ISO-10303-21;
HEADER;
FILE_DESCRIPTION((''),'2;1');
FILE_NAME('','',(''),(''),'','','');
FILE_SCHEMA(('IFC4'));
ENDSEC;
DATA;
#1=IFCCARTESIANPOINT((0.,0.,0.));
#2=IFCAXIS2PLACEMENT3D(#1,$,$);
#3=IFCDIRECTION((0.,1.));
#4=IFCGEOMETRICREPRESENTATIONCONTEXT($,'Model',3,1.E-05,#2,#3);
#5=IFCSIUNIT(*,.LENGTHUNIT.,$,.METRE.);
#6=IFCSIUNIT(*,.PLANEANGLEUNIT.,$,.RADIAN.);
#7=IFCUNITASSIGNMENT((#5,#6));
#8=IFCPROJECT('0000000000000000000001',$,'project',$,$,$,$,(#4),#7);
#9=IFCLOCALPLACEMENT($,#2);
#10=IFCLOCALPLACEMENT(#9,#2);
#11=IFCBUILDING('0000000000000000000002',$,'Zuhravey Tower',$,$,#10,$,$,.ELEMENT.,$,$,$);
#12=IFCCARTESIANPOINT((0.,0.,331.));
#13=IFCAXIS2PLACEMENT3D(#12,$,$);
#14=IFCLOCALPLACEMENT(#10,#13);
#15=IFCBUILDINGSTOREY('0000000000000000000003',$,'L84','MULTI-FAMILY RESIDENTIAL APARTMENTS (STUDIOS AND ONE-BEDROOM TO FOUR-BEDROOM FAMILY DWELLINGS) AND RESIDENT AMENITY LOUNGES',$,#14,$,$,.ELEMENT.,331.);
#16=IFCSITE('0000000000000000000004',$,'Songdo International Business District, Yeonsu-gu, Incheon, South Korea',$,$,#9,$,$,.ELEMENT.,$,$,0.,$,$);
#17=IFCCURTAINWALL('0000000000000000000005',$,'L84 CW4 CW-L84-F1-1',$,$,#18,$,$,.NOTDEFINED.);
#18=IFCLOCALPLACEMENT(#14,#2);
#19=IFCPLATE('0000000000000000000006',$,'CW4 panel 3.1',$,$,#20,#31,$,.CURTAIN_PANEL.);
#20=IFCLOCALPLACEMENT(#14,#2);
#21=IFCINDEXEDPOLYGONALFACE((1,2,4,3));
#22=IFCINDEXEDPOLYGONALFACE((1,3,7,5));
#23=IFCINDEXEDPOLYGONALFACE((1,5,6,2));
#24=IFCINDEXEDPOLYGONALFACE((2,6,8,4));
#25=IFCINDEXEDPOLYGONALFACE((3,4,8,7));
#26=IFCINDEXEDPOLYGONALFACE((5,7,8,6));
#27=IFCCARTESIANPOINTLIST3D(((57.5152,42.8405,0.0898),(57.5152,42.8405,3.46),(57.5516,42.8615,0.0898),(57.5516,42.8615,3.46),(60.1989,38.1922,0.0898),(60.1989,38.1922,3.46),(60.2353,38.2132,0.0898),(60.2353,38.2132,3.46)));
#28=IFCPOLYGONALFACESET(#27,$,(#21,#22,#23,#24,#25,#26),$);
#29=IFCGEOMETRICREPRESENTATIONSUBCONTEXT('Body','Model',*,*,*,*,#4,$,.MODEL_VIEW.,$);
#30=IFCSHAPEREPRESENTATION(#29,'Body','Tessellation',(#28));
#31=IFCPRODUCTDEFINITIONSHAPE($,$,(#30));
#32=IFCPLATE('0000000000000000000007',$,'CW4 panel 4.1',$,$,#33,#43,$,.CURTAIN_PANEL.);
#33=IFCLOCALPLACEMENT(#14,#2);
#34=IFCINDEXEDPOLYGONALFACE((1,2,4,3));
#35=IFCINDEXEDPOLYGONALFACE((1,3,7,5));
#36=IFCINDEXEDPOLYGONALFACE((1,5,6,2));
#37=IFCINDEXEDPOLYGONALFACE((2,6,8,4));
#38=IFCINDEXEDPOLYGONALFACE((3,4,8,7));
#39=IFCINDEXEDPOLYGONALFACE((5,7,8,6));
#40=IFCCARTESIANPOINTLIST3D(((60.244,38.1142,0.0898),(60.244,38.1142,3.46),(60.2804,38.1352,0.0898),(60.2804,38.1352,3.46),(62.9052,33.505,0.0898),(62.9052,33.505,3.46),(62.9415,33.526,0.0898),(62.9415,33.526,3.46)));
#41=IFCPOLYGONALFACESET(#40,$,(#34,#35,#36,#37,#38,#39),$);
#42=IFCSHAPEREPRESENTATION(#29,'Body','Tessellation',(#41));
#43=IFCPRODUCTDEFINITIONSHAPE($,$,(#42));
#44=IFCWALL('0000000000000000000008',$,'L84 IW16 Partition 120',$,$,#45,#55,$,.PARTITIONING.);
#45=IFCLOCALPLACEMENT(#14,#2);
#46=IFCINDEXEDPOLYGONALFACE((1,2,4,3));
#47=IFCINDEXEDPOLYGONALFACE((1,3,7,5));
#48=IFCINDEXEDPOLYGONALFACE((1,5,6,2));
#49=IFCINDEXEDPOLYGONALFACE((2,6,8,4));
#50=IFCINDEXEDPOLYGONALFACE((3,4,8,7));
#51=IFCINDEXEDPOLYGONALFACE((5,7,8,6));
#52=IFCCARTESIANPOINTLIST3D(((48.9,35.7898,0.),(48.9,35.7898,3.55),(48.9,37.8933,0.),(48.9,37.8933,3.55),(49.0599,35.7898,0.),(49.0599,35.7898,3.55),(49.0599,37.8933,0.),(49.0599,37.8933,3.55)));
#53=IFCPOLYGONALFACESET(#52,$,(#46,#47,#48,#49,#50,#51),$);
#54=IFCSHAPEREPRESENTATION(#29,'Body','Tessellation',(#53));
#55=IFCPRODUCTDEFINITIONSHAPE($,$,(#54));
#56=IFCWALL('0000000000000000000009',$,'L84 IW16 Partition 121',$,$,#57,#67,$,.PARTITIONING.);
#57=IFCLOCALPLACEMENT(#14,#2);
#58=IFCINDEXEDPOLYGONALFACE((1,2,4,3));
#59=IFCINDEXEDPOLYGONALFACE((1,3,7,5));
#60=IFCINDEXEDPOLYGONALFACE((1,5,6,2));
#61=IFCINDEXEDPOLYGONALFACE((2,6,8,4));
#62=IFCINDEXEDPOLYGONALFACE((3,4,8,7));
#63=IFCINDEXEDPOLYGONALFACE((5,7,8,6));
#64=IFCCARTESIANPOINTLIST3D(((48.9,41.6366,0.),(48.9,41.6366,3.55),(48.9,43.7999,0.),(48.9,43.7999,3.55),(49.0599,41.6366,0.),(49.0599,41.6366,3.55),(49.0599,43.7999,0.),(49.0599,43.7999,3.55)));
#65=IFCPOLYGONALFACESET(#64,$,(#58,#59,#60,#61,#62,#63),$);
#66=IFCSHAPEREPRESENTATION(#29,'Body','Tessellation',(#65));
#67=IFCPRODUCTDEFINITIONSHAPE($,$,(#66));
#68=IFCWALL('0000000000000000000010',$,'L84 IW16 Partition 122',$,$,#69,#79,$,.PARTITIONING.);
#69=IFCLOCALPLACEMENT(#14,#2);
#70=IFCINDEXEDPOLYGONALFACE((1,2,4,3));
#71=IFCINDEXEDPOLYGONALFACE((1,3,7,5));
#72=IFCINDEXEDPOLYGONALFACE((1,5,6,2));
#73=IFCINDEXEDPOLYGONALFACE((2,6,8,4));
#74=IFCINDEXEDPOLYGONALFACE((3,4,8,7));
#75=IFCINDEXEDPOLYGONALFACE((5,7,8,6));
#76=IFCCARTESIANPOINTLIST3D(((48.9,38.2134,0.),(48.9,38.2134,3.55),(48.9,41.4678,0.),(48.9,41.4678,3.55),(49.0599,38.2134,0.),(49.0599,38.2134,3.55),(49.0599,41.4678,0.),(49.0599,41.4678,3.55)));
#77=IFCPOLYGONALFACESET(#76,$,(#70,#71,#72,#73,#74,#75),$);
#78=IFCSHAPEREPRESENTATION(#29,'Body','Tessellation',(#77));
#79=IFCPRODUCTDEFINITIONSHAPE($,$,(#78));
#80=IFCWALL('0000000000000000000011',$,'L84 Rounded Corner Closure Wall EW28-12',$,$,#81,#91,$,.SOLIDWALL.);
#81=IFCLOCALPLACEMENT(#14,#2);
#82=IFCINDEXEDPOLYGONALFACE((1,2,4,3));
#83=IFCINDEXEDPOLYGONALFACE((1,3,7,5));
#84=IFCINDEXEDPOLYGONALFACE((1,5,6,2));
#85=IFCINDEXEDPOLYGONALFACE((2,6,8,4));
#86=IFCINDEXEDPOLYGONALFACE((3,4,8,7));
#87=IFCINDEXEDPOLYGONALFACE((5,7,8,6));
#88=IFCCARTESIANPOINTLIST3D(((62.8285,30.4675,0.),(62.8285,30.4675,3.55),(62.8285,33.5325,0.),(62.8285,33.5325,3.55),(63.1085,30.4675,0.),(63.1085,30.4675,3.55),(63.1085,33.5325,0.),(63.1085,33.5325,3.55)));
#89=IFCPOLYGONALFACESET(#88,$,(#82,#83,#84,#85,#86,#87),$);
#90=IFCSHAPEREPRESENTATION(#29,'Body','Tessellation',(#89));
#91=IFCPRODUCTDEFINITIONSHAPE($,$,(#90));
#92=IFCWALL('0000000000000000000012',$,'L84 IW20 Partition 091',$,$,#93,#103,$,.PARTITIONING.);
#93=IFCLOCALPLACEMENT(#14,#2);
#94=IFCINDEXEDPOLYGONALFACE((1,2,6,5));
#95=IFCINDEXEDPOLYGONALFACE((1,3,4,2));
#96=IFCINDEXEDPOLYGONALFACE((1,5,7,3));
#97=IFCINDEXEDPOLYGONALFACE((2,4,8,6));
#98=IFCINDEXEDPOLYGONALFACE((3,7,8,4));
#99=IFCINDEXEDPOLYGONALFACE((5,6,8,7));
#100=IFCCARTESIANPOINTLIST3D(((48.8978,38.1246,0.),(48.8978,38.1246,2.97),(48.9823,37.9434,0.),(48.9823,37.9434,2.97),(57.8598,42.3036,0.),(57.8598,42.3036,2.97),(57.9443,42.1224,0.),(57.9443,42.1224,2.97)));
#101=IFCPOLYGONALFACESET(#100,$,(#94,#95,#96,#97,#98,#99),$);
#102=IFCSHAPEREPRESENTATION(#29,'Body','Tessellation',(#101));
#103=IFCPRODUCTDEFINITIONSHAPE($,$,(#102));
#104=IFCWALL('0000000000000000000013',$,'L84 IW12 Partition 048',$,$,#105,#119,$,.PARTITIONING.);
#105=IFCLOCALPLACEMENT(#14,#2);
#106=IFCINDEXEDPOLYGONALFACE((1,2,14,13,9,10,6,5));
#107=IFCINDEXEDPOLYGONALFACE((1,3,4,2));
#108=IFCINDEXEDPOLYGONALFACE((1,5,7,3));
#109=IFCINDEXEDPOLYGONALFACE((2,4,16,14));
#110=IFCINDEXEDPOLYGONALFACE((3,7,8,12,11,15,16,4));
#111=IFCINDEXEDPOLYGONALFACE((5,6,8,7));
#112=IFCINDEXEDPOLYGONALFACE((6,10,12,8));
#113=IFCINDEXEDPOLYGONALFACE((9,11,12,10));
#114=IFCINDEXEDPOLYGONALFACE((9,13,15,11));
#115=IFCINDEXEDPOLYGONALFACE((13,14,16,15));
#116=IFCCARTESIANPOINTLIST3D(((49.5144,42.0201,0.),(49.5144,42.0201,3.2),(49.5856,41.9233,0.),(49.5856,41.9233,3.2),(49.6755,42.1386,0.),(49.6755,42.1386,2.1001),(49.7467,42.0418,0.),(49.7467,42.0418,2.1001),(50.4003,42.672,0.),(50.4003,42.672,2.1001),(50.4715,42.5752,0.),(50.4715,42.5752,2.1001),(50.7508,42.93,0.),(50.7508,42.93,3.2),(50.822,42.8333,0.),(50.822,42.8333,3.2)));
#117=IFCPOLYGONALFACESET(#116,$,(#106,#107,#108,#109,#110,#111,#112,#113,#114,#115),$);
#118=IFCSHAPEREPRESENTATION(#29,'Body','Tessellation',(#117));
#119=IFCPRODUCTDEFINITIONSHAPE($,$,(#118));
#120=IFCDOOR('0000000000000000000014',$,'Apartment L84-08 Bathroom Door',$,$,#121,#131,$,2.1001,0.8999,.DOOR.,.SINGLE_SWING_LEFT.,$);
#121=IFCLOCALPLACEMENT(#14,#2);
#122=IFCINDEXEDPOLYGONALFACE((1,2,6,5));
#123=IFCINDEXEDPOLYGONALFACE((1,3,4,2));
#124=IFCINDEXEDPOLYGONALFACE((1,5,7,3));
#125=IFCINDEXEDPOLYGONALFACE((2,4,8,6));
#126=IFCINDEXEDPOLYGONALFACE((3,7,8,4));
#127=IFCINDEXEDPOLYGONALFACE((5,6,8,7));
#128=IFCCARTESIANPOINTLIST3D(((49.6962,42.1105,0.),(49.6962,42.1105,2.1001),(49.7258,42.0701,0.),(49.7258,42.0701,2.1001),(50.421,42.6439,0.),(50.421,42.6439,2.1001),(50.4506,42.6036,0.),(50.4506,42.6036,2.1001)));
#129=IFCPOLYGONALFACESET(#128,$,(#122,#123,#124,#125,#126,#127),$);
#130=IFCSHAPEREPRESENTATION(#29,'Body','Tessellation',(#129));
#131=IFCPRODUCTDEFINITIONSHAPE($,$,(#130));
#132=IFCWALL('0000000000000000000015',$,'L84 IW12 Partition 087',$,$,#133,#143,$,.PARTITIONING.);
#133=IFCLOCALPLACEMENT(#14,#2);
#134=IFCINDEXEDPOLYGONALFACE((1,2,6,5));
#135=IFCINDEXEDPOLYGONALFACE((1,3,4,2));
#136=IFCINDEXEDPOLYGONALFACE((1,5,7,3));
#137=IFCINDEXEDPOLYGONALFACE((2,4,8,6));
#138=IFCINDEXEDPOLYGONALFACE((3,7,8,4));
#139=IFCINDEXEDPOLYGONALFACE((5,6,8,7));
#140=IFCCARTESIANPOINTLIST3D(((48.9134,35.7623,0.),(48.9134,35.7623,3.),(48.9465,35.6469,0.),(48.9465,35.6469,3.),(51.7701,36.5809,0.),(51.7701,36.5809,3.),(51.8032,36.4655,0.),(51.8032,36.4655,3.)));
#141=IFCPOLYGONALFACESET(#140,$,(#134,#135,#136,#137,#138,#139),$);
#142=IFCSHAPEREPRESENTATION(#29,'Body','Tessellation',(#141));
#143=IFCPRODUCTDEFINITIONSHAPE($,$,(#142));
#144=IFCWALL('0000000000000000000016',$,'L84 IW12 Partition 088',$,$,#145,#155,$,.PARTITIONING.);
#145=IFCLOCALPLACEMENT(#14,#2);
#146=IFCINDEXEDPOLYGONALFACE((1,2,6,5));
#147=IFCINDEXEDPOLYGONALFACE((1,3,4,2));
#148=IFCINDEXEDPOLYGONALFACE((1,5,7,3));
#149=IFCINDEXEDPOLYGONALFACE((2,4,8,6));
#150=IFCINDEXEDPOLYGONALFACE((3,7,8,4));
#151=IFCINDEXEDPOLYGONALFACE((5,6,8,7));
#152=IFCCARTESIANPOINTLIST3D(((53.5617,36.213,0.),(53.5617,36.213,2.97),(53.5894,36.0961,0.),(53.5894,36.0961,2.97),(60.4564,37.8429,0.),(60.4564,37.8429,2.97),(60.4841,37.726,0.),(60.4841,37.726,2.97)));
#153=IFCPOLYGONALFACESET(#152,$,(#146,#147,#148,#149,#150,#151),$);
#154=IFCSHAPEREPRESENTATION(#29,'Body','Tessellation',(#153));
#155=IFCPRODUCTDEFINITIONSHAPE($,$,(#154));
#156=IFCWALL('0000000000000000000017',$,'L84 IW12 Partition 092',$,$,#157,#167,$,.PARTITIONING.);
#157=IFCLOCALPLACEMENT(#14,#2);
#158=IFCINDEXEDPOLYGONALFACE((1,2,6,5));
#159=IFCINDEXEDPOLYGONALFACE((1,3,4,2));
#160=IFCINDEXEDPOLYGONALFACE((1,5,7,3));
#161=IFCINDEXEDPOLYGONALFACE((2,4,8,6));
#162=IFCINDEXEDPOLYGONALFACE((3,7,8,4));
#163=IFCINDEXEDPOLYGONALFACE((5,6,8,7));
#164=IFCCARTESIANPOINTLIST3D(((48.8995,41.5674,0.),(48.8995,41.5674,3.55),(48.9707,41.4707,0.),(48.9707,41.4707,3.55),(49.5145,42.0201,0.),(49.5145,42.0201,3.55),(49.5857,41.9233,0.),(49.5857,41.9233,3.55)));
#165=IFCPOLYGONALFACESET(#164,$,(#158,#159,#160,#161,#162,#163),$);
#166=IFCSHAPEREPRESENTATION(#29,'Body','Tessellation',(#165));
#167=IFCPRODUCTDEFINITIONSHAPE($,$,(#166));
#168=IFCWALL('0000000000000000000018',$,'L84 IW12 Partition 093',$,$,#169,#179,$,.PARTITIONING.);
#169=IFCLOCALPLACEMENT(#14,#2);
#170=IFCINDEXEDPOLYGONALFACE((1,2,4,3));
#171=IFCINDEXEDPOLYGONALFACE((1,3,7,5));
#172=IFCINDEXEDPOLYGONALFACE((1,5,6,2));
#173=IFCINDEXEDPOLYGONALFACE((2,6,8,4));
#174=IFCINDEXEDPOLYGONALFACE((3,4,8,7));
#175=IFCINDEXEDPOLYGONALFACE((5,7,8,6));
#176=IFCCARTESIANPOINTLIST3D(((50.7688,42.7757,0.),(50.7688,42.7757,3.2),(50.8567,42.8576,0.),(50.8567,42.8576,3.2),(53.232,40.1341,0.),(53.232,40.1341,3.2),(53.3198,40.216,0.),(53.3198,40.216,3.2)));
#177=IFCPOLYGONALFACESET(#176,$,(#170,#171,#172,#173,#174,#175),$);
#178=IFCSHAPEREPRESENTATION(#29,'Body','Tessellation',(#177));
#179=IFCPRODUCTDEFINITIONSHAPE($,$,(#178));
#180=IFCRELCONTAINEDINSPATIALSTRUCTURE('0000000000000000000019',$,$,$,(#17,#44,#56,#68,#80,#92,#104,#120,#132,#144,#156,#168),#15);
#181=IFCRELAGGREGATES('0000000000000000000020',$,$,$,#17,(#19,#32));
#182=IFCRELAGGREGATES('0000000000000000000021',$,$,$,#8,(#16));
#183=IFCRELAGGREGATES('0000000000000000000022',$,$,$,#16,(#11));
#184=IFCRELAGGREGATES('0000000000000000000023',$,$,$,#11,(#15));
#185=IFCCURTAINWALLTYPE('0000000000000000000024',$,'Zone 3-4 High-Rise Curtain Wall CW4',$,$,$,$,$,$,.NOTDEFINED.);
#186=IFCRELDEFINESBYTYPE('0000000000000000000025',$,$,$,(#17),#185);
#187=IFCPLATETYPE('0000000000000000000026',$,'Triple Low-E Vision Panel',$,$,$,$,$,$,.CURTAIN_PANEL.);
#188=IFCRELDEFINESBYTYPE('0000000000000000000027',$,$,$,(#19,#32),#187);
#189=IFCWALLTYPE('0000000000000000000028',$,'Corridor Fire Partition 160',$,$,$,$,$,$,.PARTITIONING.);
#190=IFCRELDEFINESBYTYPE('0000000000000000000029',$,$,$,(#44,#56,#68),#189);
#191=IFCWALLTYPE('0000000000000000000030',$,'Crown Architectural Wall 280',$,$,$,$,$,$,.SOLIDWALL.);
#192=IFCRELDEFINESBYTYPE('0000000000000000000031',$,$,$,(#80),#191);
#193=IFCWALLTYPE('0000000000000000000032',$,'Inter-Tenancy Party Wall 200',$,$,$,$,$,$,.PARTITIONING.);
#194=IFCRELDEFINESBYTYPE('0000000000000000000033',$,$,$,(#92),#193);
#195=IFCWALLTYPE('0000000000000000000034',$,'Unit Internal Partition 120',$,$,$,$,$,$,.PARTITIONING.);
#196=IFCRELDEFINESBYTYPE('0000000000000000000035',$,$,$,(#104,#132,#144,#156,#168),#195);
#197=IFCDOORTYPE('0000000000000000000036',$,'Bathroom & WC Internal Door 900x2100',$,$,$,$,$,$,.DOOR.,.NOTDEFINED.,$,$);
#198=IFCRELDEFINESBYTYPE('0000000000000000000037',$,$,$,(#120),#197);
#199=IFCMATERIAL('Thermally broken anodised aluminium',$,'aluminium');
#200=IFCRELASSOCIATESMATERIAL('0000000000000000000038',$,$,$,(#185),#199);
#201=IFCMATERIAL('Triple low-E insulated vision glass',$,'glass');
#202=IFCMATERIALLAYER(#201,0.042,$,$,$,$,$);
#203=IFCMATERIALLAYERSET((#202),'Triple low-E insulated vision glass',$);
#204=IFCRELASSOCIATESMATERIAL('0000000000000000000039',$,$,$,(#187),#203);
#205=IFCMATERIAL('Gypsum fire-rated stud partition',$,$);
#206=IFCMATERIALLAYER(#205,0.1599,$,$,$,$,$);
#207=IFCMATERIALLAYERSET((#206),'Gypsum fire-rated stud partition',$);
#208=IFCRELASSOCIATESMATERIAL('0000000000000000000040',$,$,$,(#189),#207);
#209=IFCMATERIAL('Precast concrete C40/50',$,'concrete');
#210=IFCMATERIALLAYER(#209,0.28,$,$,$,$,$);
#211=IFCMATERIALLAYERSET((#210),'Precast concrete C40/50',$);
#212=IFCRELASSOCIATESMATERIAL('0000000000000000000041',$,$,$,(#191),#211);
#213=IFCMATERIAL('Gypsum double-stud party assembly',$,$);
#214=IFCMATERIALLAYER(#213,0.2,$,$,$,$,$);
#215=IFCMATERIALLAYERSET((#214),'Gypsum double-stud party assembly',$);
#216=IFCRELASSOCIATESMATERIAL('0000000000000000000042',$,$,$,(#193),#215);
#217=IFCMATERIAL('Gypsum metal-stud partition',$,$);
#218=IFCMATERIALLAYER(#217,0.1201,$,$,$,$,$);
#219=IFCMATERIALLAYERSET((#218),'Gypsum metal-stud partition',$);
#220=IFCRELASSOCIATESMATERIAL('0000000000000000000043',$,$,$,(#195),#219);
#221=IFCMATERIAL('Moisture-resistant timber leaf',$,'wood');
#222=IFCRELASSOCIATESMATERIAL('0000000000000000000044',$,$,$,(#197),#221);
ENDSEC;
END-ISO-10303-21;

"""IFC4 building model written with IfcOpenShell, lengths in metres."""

from ifc_helpers import new_model, si_unit, direction, frame, frame_2d, origin, origin_2d, place, context, subcontext, project, spatial, rectangle, extrude, material, layer, layer_set, type_object, element, fill, aggregate, save


model = new_model("IFC4")

# Units and contexts
model_context = context("Model", 3, precision=1e-05, world=origin(), true_north=direction((0.0, 1.0)))
body_context = subcontext(model_context, "Body", "Model", "MODEL_VIEW")
ifc_project = project(units=[si_unit("LENGTHUNIT", "METRE"), si_unit("PLANEANGLEUNIT", "RADIAN")], contexts=[model_context])

# Site, building, storey
site_placement = place(None, origin())
site = spatial("IfcSite", under=ifc_project, at=site_placement, Name="Songdo International Business District, Yeonsu-gu, Incheon, South Korea", CompositionType="ELEMENT", RefElevation=0.0)
building_placement = place(site_placement, origin())
building = spatial("IfcBuilding", under=site, at=building_placement, Name="Zuhravey Tower", CompositionType="ELEMENT")
storey_placement = place(building_placement, frame((0.0, 0.0, 331.0)))
storey = spatial("IfcBuildingStorey", under=building, at=storey_placement, Name="L84", Description="MULTI-FAMILY RESIDENTIAL APARTMENTS (STUDIOS AND ONE-BEDROOM TO FOUR-BEDROOM FAMILY DWELLINGS) AND RESIDENT AMENITY LOUNGES", CompositionType="ELEMENT", Elevation=331.0)

# Curtain wall
ifc_material_1 = material(Name="Thermally broken anodised aluminium", Category="aluminium")
curtain_wall_type = type_object("IfcCurtainWallType", Name="Zone 3-4 High-Rise Curtain Wall CW4", PredefinedType="NOTDEFINED", material=ifc_material_1)
curtain_wall_placement = place(storey_placement, origin())
curtain_wall = element("IfcCurtainWall", 1, at=curtain_wall_placement, inside=storey, type_object=curtain_wall_type, Name="L84 CW4 CW-L84-F1-1", PredefinedType="NOTDEFINED")

# Plates
ifc_material_2 = material(Name="Triple low-E insulated vision glass", Category="glass")
ifc_layer_1 = layer(ifc_material_2, 0.042)
ifc_layer_set_1 = layer_set([ifc_layer_1], Name="Triple low-E insulated vision glass")
plate_type_1 = type_object("IfcPlateType", Name="Triple Low-E Vision Panel", PredefinedType="CURTAIN_PANEL", material=ifc_layer_set_1)
plate_1_placement = place(storey_placement, frame((58.8752, 40.5269, 0.0898), z_axis=(0.0, 0.0, 1.0), x_axis=(0.500002, -0.866024, 0.0)))
plate_1 = element("IfcPlate", 2, at=plate_1_placement, type_object=plate_type_1, Name="CW4 panel 3.1", PredefinedType="CURTAIN_PANEL", context=body_context, shape_type="SweptSolid", body=[
    extrude(rectangle(XDim=5.3674, YDim=0.042, at=origin_2d()), origin(), (0.0, 0.0, 1.0), 3.3701),
])
plate_2_placement = place(storey_placement, frame((61.5928, 35.8201, 0.0898), z_axis=(0.0, 0.0, 1.0), x_axis=(0.500002, -0.866024, 0.0)))
plate_2 = element("IfcPlate", 3, at=plate_2_placement, type_object=plate_type_1, Name="CW4 panel 4.1", PredefinedType="CURTAIN_PANEL", context=body_context, shape_type="SweptSolid", body=[
    extrude(rectangle(XDim=5.3223, YDim=0.042, at=origin_2d()), origin(), (0.0, 0.0, 1.0), 3.3701),
])
aggregate(curtain_wall, [plate_1, plate_2])

# Walls
ifc_material_3 = material(Name="Gypsum fire-rated stud partition")
ifc_layer_2 = layer(ifc_material_3, 0.1599)
ifc_layer_set_2 = layer_set([ifc_layer_2], Name="Gypsum fire-rated stud partition")
wall_type_1 = type_object("IfcWallType", Name="Corridor Fire Partition 160", PredefinedType="PARTITIONING", material=ifc_layer_set_2)
wall_1_placement = place(storey_placement, frame((48.98, 35.7898, 0.0), z_axis=(0.0, 0.0, 1.0), x_axis=(0.0, 1.0, 0.0)))
element("IfcWall", 4, at=wall_1_placement, inside=storey, type_object=wall_type_1, Name="L84 IW16 Partition 120", PredefinedType="PARTITIONING", context=body_context, shape_type="SweptSolid", body=[
    extrude(rectangle(XDim=2.1035, YDim=0.1599, at=frame_2d((1.0518, 0.0))), origin(), (0.0, 0.0, 1.0), 3.55),
])
wall_2_placement = place(storey_placement, frame((48.98, 41.6367, 0.0), z_axis=(0.0, 0.0, 1.0), x_axis=(0.0, 1.0, 0.0)))
element("IfcWall", 5, at=wall_2_placement, inside=storey, type_object=wall_type_1, Name="L84 IW16 Partition 121", PredefinedType="PARTITIONING", context=body_context, shape_type="SweptSolid", body=[
    extrude(rectangle(XDim=2.1633, YDim=0.1599, at=frame_2d((1.0815, 0.0))), origin(), (0.0, 0.0, 1.0), 3.55),
])
wall_3_placement = place(storey_placement, frame((48.98, 38.2134, 0.0), z_axis=(0.0, 0.0, 1.0), x_axis=(0.0, 1.0, 0.0)))
element("IfcWall", 6, at=wall_3_placement, inside=storey, type_object=wall_type_1, Name="L84 IW16 Partition 122", PredefinedType="PARTITIONING", context=body_context, shape_type="SweptSolid", body=[
    extrude(rectangle(XDim=3.2544, YDim=0.1599, at=frame_2d((1.6272, 0.0))), origin(), (0.0, 0.0, 1.0), 3.55),
])
ifc_material_4 = material(Name="Precast concrete C40/50", Category="concrete")
ifc_layer_3 = layer(ifc_material_4, 0.28)
ifc_layer_set_3 = layer_set([ifc_layer_3], Name="Precast concrete C40/50")
wall_type_2 = type_object("IfcWallType", Name="Crown Architectural Wall 280", PredefinedType="SOLIDWALL", material=ifc_layer_set_3)
wall_4_placement = place(storey_placement, frame((62.9685, 33.5325, 0.0), z_axis=(0.0, 0.0, 1.0), x_axis=(0.0, -1.0, 0.0)))
element("IfcWall", 7, at=wall_4_placement, inside=storey, type_object=wall_type_2, Name="L84 Rounded Corner Closure Wall EW28-12", PredefinedType="SOLIDWALL", context=body_context, shape_type="SweptSolid", body=[
    extrude(rectangle(XDim=3.0649, YDim=0.28, at=frame_2d((1.5325, 0.0))), origin(), (0.0, 0.0, 1.0), 3.55),
])
ifc_material_5 = material(Name="Gypsum double-stud party assembly")
ifc_layer_4 = layer(ifc_material_5, 0.2)
ifc_layer_set_4 = layer_set([ifc_layer_4], Name="Gypsum double-stud party assembly")
wall_type_3 = type_object("IfcWallType", Name="Inter-Tenancy Party Wall 200", PredefinedType="PARTITIONING", material=ifc_layer_set_4)
wall_5_placement = place(storey_placement, frame((48.9399, 38.0339, 0.0), z_axis=(0.0, 0.0, 1.0), x_axis=(0.90631, 0.422614, 0.0)))
element("IfcWall", 8, at=wall_5_placement, inside=storey, type_object=wall_type_3, Name="L84 IW20 Partition 091", PredefinedType="PARTITIONING", context=body_context, shape_type="SweptSolid", body=[
    extrude(rectangle(XDim=9.8884, YDim=0.2, at=frame_2d((4.9443, 0.0))), origin(), (0.0, 0.0, 1.0), 2.97),
])

# Wall, opening, door
ifc_material_6 = material(Name="Gypsum metal-stud partition")
ifc_layer_5 = layer(ifc_material_6, 0.1201)
ifc_layer_set_5 = layer_set([ifc_layer_5], Name="Gypsum metal-stud partition")
wall_type_4 = type_object("IfcWallType", Name="Unit Internal Partition 120", PredefinedType="PARTITIONING", material=ifc_layer_set_5)
wall_6_placement = place(storey_placement, frame((49.55, 41.9717, 0.0), z_axis=(0.0, 0.0, 1.0), x_axis=(0.805388, 0.592749, 0.0)))
wall_6 = element("IfcWall", 9, at=wall_6_placement, inside=storey, type_object=wall_type_4, Name="L84 IW12 Partition 048", PredefinedType="PARTITIONING", context=body_context, shape_type="SweptSolid", body=[
    extrude(rectangle(XDim=1.5352, YDim=0.1201, at=frame_2d((0.7676, 0.0))), origin(), (0.0, 0.0, 1.0), 3.2),
])
opening_placement = place(wall_6_placement, frame((0.2, 0.0, 0.0)))
opening = element("IfcOpeningElement", 10, at=opening_placement, cuts=wall_6, PredefinedType="OPENING", context=body_context, shape_type="SweptSolid", body=[
    extrude(rectangle(XDim=0.8999, YDim=2.1001, at=frame_2d((0.45, 1.05))), frame((0.0, 0.072, 0.0), z_axis=(0.0, -1.0, 0.0), x_axis=(1.0, 0.0, 0.0)), (0.0, 0.0, 1.0), 0.144),
])
ifc_material_7 = material(Name="Moisture-resistant timber leaf", Category="wood")
door_type = type_object("IfcDoorType", Name="Bathroom & WC Internal Door 900x2100", OperationType="NOTDEFINED", PredefinedType="DOOR", material=ifc_material_7)
door_placement = place(opening_placement, frame((0.8999, 0.0, 0.0), z_axis=(0.0, 0.0, 1.0), x_axis=(-1.0, 0.0, 0.0)))
door = element("IfcDoor", 11, at=door_placement, inside=storey, type_object=door_type, Name="Apartment L84-08 Bathroom Door", OperationType="SINGLE_SWING_LEFT", OverallHeight=2.1001, OverallWidth=0.8999, PredefinedType="DOOR", context=body_context, shape_type="SweptSolid", body=[
    extrude(rectangle(XDim=0.8999, YDim=2.1001, at=frame_2d((0.45, 1.05))), frame((0.0, 0.0249, 0.0), z_axis=(0.0, -1.0, 0.0), x_axis=(1.0, 0.0, 0.0)), (0.0, 0.0, 1.0), 0.05),
])
fill(opening, door)

# Walls
wall_7_placement = place(storey_placement, frame((48.9299, 35.7046, 0.0), z_axis=(0.0, 0.0, 1.0), x_axis=(0.96131, 0.27547, 0.0)))
element("IfcWall", 12, at=wall_7_placement, inside=storey, type_object=wall_type_4, Name="L84 IW12 Partition 087", PredefinedType="PARTITIONING", context=body_context, shape_type="SweptSolid", body=[
    extrude(rectangle(XDim=2.9717, YDim=0.1201, at=frame_2d((1.4858, 0.0))), origin(), (0.0, 0.0, 1.0), 3.0),
])
wall_8_placement = place(storey_placement, frame((53.5754, 36.1545, 0.0), z_axis=(0.0, 0.0, 1.0), x_axis=(0.973178, 0.230053, 0.0)))
element("IfcWall", 13, at=wall_8_placement, inside=storey, type_object=wall_type_4, Name="L84 IW12 Partition 088", PredefinedType="PARTITIONING", context=body_context, shape_type="SweptSolid", body=[
    extrude(rectangle(XDim=7.0847, YDim=0.1201, at=frame_2d((3.5425, 0.0))), origin(), (0.0, 0.0, 1.0), 2.97),
])
wall_9_placement = place(storey_placement, frame((48.9351, 41.519, 0.0), z_axis=(0.0, 0.0, 1.0), x_axis=(0.805377, 0.592763, 0.0)))
element("IfcWall", 14, at=wall_9_placement, inside=storey, type_object=wall_type_4, Name="L84 IW12 Partition 092", PredefinedType="PARTITIONING", context=body_context, shape_type="SweptSolid", body=[
    extrude(rectangle(XDim=0.7637, YDim=0.1201, at=frame_2d((0.3818, 0.0))), origin(), (0.0, 0.0, 1.0), 3.55),
])
wall_10_placement = place(storey_placement, frame((53.2759, 40.175, 0.0), z_axis=(0.0, 0.0, 1.0), x_axis=(-0.681969, 0.731381, 0.0)))
element("IfcWall", 15, at=wall_10_placement, inside=storey, type_object=wall_type_4, Name="L84 IW12 Partition 093", PredefinedType="PARTITIONING", context=body_context, shape_type="SweptSolid", body=[
    extrude(rectangle(XDim=3.6118, YDim=0.1201, at=frame_2d((1.8059, 0.0))), origin(), (0.0, 0.0, 1.0), 3.2),
])

save(model, "model.ifc")
